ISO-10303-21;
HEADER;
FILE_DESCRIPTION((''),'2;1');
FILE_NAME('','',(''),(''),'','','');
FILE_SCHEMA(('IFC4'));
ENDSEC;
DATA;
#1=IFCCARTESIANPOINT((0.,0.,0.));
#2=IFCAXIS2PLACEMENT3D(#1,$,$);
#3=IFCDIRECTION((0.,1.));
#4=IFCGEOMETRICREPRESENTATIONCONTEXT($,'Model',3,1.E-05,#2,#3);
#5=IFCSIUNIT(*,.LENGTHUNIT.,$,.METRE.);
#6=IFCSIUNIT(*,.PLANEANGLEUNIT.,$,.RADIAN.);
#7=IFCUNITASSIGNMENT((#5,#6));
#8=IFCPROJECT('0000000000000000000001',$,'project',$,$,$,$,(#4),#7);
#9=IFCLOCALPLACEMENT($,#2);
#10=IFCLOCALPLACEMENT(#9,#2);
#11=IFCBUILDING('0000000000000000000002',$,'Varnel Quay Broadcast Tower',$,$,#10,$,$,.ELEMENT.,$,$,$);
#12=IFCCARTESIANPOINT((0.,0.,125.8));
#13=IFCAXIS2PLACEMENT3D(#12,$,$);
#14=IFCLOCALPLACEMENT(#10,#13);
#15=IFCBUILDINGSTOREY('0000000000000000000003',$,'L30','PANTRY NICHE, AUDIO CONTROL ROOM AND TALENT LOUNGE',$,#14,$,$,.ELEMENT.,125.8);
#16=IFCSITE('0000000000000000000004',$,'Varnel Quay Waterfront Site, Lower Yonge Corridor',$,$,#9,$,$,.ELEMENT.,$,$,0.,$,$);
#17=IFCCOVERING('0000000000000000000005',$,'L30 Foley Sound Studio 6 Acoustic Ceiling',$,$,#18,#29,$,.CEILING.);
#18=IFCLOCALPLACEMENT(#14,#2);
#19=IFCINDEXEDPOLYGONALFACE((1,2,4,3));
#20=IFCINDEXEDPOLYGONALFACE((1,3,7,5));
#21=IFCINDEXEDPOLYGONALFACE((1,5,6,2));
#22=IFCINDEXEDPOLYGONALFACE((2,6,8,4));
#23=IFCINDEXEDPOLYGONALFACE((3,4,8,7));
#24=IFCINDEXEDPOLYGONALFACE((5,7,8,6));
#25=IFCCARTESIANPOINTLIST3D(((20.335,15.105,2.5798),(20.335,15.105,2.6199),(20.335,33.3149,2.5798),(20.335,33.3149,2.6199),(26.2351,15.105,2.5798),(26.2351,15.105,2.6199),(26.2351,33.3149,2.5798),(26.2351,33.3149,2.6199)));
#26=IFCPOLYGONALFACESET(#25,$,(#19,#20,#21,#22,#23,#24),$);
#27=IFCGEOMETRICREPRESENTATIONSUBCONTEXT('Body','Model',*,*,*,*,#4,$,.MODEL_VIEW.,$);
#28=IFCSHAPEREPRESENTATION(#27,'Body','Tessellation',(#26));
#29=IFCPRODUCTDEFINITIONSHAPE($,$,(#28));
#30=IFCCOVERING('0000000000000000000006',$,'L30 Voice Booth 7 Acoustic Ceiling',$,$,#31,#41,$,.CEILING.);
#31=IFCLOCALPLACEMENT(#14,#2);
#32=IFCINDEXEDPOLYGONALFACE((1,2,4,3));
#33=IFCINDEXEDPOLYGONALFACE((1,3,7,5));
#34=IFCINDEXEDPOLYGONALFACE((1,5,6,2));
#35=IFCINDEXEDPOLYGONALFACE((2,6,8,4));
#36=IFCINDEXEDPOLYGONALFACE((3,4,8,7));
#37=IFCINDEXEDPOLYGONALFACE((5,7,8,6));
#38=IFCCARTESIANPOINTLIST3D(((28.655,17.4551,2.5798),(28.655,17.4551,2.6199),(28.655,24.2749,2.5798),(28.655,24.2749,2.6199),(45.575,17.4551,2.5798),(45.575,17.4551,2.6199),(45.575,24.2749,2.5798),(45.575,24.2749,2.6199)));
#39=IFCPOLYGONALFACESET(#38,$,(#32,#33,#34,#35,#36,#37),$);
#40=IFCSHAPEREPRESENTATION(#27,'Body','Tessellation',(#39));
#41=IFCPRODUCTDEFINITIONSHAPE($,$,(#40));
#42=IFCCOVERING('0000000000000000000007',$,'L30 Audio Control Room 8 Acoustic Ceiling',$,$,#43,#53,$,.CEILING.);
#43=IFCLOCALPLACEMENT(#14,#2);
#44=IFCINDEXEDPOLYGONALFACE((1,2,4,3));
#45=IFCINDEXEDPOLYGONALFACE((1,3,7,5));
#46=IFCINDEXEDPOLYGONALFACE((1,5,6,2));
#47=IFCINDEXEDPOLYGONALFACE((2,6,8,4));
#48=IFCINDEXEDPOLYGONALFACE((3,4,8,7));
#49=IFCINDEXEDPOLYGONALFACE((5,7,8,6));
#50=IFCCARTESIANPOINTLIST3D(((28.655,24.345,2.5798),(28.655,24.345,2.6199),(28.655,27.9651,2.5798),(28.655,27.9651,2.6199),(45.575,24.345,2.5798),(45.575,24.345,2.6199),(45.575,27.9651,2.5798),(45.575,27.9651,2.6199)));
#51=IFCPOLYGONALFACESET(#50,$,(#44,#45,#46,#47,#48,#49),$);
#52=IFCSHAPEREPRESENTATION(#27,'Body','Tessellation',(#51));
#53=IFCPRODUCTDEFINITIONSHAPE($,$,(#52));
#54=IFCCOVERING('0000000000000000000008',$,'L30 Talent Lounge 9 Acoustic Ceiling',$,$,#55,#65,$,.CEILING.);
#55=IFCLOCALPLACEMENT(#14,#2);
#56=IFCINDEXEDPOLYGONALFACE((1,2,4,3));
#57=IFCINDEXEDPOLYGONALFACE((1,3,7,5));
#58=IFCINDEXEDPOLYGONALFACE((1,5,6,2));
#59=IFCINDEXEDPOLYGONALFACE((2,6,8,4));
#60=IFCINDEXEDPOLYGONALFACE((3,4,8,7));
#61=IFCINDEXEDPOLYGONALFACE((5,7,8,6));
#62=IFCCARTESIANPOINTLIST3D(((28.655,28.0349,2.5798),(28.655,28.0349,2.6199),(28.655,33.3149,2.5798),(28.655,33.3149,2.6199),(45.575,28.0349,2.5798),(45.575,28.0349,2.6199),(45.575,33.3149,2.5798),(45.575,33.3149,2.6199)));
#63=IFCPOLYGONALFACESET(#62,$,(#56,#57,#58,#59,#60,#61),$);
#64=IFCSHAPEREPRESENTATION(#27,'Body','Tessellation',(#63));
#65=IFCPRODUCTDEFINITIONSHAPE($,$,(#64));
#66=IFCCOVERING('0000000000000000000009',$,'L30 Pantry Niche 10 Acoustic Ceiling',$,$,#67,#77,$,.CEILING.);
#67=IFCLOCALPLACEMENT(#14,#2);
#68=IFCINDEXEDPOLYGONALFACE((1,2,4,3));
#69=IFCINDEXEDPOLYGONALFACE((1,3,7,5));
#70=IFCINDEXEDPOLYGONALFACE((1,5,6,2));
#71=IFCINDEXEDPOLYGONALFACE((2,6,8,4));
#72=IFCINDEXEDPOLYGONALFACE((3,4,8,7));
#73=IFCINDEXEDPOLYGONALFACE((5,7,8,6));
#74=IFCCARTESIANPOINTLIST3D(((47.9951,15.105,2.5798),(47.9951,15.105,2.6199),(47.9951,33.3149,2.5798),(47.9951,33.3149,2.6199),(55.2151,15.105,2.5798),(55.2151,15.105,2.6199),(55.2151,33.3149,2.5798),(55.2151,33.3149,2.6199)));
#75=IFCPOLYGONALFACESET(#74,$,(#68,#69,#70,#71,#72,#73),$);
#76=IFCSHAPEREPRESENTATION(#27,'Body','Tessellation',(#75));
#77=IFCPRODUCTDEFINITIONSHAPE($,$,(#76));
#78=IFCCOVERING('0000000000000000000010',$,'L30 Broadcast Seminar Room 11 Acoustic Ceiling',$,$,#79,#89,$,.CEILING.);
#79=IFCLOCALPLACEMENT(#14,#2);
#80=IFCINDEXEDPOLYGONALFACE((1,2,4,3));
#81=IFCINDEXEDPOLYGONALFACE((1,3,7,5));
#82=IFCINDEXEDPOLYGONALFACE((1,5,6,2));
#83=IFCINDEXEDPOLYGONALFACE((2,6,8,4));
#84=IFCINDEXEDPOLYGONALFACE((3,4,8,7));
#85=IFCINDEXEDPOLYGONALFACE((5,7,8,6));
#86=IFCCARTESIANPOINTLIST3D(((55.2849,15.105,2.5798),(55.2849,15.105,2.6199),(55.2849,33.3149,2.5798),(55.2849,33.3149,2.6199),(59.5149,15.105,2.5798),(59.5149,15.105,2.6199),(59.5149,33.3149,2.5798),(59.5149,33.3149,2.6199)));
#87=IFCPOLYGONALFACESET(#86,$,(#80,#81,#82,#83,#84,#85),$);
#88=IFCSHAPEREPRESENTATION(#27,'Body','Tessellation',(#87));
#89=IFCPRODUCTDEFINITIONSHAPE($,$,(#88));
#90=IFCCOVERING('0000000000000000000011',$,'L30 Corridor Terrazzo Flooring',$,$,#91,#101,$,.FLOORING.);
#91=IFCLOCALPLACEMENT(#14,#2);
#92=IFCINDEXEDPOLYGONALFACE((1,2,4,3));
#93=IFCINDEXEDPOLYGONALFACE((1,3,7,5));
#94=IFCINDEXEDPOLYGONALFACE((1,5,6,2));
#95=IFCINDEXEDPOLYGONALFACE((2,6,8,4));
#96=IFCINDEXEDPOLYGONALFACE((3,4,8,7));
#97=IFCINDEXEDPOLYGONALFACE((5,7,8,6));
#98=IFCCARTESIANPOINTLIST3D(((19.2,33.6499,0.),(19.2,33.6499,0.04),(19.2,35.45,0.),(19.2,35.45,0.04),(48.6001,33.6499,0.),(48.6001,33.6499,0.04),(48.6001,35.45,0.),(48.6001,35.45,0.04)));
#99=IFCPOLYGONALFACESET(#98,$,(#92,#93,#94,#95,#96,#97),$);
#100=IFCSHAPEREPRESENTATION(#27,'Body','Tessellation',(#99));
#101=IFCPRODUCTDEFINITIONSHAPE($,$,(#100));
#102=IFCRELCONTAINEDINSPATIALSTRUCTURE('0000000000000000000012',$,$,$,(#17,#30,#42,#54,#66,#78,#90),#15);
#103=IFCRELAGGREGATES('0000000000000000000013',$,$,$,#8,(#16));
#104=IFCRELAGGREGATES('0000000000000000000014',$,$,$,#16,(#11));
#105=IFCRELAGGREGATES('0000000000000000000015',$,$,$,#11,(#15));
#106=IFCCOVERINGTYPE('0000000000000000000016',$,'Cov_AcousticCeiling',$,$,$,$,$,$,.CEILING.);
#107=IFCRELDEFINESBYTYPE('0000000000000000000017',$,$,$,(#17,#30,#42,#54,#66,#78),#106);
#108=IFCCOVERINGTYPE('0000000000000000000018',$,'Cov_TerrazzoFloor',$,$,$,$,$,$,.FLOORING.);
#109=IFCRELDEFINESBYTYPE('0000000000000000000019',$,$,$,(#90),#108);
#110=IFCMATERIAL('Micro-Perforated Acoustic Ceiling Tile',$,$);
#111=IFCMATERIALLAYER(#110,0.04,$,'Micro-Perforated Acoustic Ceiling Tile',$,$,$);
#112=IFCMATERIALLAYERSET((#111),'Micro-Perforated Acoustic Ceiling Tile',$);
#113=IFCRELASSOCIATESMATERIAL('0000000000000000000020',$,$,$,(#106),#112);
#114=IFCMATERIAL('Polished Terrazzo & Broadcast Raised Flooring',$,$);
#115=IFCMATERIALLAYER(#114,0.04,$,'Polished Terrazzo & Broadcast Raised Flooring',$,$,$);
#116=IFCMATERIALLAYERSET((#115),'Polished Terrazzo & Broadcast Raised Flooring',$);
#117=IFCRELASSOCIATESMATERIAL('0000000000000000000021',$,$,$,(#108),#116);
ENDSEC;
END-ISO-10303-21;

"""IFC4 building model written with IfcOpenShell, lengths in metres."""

from ifc_helpers import new_model, si_unit, direction, frame, origin, place, context, subcontext, project, spatial, polyline, outline, extrude, material, layer, layer_set, type_object, element, save


model = new_model("IFC4")

# Units and contexts
model_context = context("Model", 3, precision=1e-05, world=origin(), true_north=direction((0.0, 1.0)))
body_context = subcontext(model_context, "Body", "Model", "MODEL_VIEW")
ifc_project = project(units=[si_unit("LENGTHUNIT", "METRE"), si_unit("PLANEANGLEUNIT", "RADIAN")], contexts=[model_context])

# Site, building, storey
site_placement = place(None, origin())
site = spatial("IfcSite", under=ifc_project, at=site_placement, Name="Varnel Quay Waterfront Site, Lower Yonge Corridor", CompositionType="ELEMENT", RefElevation=0.0)
building_placement = place(site_placement, origin())
building = spatial("IfcBuilding", under=site, at=building_placement, Name="Varnel Quay Broadcast Tower", CompositionType="ELEMENT")
storey_placement = place(building_placement, frame((0.0, 0.0, 125.8)))
storey = spatial("IfcBuildingStorey", under=building, at=storey_placement, Name="L30", Description="PANTRY NICHE, AUDIO CONTROL ROOM AND TALENT LOUNGE", CompositionType="ELEMENT", Elevation=125.8)

# Coverings
ifc_material_1 = material(Name="Micro-Perforated Acoustic Ceiling Tile")
ifc_layer_1 = layer(ifc_material_1, 0.04, Name="Micro-Perforated Acoustic Ceiling Tile")
ifc_layer_set_1 = layer_set([ifc_layer_1], Name="Micro-Perforated Acoustic Ceiling Tile")
covering_type_1 = type_object("IfcCoveringType", Name="Cov_AcousticCeiling", PredefinedType="CEILING", material=ifc_layer_set_1)
covering_1_placement = place(storey_placement, frame((0.0, 0.0, 2.5798)))
element("IfcCovering", 1, at=covering_1_placement, inside=storey, type_object=covering_type_1, Name="L30 Foley Sound Studio 6 Acoustic Ceiling", PredefinedType="CEILING", context=body_context, shape_type="SweptSolid", body=[
    extrude(outline(polyline([(20.335, 15.105), (26.2351, 15.105), (26.2351, 33.3149), (20.335, 33.3149), (20.335, 15.105)])), origin(), (0.0, 0.0, 1.0), 0.04),
])
covering_2_placement = place(storey_placement, frame((0.0, 0.0, 2.5798)))
element("IfcCovering", 2, at=covering_2_placement, inside=storey, type_object=covering_type_1, Name="L30 Voice Booth 7 Acoustic Ceiling", PredefinedType="CEILING", context=body_context, shape_type="SweptSolid", body=[
    extrude(outline(polyline([(28.655, 17.4551), (45.575, 17.4551), (45.575, 24.2749), (28.655, 24.2749), (28.655, 17.4551)])), origin(), (0.0, 0.0, 1.0), 0.04),
])
covering_3_placement = place(storey_placement, frame((0.0, 0.0, 2.5798)))
element("IfcCovering", 3, at=covering_3_placement, inside=storey, type_object=covering_type_1, Name="L30 Audio Control Room 8 Acoustic Ceiling", PredefinedType="CEILING", context=body_context, shape_type="SweptSolid", body=[
    extrude(outline(polyline([(28.655, 24.345), (45.575, 24.345), (45.575, 27.9651), (28.655, 27.9651), (28.655, 24.345)])), origin(), (0.0, 0.0, 1.0), 0.04),
])
covering_4_placement = place(storey_placement, frame((0.0, 0.0, 2.5798)))
element("IfcCovering", 4, at=covering_4_placement, inside=storey, type_object=covering_type_1, Name="L30 Talent Lounge 9 Acoustic Ceiling", PredefinedType="CEILING", context=body_context, shape_type="SweptSolid", body=[
    extrude(outline(polyline([(28.655, 28.0349), (45.575, 28.0349), (45.575, 33.3149), (28.655, 33.3149), (28.655, 28.0349)])), origin(), (0.0, 0.0, 1.0), 0.04),
])
covering_5_placement = place(storey_placement, frame((0.0, 0.0, 2.5798)))
element("IfcCovering", 5, at=covering_5_placement, inside=storey, type_object=covering_type_1, Name="L30 Pantry Niche 10 Acoustic Ceiling", PredefinedType="CEILING", context=body_context, shape_type="SweptSolid", body=[
    extrude(outline(polyline([(47.9951, 15.105), (55.2151, 15.105), (55.2151, 33.3149), (47.9951, 33.3149), (47.9951, 15.105)])), origin(), (0.0, 0.0, 1.0), 0.04),
])
covering_6_placement = place(storey_placement, frame((0.0, 0.0, 2.5798)))
element("IfcCovering", 6, at=covering_6_placement, inside=storey, type_object=covering_type_1, Name="L30 Broadcast Seminar Room 11 Acoustic Ceiling", PredefinedType="CEILING", context=body_context, shape_type="SweptSolid", body=[
    extrude(outline(polyline([(55.2849, 15.105), (59.5149, 15.105), (59.5149, 33.3149), (55.2849, 33.3149), (55.2849, 15.105)])), origin(), (0.0, 0.0, 1.0), 0.04),
])
ifc_material_2 = material(Name="Polished Terrazzo & Broadcast Raised Flooring")
ifc_layer_2 = layer(ifc_material_2, 0.04, Name="Polished Terrazzo & Broadcast Raised Flooring")
ifc_layer_set_2 = layer_set([ifc_layer_2], Name="Polished Terrazzo & Broadcast Raised Flooring")
covering_type_2 = type_object("IfcCoveringType", Name="Cov_TerrazzoFloor", PredefinedType="FLOORING", material=ifc_layer_set_2)
covering_7_placement = place(storey_placement, origin())
element("IfcCovering", 7, at=covering_7_placement, inside=storey, type_object=covering_type_2, Name="L30 Corridor Terrazzo Flooring", PredefinedType="FLOORING", context=body_context, shape_type="SweptSolid", body=[
    extrude(outline(polyline([(19.2, 33.6499), (48.6001, 33.6499), (48.6001, 35.45), (19.2, 35.45), (19.2, 33.6499)])), origin(), (0.0, 0.0, 1.0), 0.04),
])

save(model, "model.ifc")
